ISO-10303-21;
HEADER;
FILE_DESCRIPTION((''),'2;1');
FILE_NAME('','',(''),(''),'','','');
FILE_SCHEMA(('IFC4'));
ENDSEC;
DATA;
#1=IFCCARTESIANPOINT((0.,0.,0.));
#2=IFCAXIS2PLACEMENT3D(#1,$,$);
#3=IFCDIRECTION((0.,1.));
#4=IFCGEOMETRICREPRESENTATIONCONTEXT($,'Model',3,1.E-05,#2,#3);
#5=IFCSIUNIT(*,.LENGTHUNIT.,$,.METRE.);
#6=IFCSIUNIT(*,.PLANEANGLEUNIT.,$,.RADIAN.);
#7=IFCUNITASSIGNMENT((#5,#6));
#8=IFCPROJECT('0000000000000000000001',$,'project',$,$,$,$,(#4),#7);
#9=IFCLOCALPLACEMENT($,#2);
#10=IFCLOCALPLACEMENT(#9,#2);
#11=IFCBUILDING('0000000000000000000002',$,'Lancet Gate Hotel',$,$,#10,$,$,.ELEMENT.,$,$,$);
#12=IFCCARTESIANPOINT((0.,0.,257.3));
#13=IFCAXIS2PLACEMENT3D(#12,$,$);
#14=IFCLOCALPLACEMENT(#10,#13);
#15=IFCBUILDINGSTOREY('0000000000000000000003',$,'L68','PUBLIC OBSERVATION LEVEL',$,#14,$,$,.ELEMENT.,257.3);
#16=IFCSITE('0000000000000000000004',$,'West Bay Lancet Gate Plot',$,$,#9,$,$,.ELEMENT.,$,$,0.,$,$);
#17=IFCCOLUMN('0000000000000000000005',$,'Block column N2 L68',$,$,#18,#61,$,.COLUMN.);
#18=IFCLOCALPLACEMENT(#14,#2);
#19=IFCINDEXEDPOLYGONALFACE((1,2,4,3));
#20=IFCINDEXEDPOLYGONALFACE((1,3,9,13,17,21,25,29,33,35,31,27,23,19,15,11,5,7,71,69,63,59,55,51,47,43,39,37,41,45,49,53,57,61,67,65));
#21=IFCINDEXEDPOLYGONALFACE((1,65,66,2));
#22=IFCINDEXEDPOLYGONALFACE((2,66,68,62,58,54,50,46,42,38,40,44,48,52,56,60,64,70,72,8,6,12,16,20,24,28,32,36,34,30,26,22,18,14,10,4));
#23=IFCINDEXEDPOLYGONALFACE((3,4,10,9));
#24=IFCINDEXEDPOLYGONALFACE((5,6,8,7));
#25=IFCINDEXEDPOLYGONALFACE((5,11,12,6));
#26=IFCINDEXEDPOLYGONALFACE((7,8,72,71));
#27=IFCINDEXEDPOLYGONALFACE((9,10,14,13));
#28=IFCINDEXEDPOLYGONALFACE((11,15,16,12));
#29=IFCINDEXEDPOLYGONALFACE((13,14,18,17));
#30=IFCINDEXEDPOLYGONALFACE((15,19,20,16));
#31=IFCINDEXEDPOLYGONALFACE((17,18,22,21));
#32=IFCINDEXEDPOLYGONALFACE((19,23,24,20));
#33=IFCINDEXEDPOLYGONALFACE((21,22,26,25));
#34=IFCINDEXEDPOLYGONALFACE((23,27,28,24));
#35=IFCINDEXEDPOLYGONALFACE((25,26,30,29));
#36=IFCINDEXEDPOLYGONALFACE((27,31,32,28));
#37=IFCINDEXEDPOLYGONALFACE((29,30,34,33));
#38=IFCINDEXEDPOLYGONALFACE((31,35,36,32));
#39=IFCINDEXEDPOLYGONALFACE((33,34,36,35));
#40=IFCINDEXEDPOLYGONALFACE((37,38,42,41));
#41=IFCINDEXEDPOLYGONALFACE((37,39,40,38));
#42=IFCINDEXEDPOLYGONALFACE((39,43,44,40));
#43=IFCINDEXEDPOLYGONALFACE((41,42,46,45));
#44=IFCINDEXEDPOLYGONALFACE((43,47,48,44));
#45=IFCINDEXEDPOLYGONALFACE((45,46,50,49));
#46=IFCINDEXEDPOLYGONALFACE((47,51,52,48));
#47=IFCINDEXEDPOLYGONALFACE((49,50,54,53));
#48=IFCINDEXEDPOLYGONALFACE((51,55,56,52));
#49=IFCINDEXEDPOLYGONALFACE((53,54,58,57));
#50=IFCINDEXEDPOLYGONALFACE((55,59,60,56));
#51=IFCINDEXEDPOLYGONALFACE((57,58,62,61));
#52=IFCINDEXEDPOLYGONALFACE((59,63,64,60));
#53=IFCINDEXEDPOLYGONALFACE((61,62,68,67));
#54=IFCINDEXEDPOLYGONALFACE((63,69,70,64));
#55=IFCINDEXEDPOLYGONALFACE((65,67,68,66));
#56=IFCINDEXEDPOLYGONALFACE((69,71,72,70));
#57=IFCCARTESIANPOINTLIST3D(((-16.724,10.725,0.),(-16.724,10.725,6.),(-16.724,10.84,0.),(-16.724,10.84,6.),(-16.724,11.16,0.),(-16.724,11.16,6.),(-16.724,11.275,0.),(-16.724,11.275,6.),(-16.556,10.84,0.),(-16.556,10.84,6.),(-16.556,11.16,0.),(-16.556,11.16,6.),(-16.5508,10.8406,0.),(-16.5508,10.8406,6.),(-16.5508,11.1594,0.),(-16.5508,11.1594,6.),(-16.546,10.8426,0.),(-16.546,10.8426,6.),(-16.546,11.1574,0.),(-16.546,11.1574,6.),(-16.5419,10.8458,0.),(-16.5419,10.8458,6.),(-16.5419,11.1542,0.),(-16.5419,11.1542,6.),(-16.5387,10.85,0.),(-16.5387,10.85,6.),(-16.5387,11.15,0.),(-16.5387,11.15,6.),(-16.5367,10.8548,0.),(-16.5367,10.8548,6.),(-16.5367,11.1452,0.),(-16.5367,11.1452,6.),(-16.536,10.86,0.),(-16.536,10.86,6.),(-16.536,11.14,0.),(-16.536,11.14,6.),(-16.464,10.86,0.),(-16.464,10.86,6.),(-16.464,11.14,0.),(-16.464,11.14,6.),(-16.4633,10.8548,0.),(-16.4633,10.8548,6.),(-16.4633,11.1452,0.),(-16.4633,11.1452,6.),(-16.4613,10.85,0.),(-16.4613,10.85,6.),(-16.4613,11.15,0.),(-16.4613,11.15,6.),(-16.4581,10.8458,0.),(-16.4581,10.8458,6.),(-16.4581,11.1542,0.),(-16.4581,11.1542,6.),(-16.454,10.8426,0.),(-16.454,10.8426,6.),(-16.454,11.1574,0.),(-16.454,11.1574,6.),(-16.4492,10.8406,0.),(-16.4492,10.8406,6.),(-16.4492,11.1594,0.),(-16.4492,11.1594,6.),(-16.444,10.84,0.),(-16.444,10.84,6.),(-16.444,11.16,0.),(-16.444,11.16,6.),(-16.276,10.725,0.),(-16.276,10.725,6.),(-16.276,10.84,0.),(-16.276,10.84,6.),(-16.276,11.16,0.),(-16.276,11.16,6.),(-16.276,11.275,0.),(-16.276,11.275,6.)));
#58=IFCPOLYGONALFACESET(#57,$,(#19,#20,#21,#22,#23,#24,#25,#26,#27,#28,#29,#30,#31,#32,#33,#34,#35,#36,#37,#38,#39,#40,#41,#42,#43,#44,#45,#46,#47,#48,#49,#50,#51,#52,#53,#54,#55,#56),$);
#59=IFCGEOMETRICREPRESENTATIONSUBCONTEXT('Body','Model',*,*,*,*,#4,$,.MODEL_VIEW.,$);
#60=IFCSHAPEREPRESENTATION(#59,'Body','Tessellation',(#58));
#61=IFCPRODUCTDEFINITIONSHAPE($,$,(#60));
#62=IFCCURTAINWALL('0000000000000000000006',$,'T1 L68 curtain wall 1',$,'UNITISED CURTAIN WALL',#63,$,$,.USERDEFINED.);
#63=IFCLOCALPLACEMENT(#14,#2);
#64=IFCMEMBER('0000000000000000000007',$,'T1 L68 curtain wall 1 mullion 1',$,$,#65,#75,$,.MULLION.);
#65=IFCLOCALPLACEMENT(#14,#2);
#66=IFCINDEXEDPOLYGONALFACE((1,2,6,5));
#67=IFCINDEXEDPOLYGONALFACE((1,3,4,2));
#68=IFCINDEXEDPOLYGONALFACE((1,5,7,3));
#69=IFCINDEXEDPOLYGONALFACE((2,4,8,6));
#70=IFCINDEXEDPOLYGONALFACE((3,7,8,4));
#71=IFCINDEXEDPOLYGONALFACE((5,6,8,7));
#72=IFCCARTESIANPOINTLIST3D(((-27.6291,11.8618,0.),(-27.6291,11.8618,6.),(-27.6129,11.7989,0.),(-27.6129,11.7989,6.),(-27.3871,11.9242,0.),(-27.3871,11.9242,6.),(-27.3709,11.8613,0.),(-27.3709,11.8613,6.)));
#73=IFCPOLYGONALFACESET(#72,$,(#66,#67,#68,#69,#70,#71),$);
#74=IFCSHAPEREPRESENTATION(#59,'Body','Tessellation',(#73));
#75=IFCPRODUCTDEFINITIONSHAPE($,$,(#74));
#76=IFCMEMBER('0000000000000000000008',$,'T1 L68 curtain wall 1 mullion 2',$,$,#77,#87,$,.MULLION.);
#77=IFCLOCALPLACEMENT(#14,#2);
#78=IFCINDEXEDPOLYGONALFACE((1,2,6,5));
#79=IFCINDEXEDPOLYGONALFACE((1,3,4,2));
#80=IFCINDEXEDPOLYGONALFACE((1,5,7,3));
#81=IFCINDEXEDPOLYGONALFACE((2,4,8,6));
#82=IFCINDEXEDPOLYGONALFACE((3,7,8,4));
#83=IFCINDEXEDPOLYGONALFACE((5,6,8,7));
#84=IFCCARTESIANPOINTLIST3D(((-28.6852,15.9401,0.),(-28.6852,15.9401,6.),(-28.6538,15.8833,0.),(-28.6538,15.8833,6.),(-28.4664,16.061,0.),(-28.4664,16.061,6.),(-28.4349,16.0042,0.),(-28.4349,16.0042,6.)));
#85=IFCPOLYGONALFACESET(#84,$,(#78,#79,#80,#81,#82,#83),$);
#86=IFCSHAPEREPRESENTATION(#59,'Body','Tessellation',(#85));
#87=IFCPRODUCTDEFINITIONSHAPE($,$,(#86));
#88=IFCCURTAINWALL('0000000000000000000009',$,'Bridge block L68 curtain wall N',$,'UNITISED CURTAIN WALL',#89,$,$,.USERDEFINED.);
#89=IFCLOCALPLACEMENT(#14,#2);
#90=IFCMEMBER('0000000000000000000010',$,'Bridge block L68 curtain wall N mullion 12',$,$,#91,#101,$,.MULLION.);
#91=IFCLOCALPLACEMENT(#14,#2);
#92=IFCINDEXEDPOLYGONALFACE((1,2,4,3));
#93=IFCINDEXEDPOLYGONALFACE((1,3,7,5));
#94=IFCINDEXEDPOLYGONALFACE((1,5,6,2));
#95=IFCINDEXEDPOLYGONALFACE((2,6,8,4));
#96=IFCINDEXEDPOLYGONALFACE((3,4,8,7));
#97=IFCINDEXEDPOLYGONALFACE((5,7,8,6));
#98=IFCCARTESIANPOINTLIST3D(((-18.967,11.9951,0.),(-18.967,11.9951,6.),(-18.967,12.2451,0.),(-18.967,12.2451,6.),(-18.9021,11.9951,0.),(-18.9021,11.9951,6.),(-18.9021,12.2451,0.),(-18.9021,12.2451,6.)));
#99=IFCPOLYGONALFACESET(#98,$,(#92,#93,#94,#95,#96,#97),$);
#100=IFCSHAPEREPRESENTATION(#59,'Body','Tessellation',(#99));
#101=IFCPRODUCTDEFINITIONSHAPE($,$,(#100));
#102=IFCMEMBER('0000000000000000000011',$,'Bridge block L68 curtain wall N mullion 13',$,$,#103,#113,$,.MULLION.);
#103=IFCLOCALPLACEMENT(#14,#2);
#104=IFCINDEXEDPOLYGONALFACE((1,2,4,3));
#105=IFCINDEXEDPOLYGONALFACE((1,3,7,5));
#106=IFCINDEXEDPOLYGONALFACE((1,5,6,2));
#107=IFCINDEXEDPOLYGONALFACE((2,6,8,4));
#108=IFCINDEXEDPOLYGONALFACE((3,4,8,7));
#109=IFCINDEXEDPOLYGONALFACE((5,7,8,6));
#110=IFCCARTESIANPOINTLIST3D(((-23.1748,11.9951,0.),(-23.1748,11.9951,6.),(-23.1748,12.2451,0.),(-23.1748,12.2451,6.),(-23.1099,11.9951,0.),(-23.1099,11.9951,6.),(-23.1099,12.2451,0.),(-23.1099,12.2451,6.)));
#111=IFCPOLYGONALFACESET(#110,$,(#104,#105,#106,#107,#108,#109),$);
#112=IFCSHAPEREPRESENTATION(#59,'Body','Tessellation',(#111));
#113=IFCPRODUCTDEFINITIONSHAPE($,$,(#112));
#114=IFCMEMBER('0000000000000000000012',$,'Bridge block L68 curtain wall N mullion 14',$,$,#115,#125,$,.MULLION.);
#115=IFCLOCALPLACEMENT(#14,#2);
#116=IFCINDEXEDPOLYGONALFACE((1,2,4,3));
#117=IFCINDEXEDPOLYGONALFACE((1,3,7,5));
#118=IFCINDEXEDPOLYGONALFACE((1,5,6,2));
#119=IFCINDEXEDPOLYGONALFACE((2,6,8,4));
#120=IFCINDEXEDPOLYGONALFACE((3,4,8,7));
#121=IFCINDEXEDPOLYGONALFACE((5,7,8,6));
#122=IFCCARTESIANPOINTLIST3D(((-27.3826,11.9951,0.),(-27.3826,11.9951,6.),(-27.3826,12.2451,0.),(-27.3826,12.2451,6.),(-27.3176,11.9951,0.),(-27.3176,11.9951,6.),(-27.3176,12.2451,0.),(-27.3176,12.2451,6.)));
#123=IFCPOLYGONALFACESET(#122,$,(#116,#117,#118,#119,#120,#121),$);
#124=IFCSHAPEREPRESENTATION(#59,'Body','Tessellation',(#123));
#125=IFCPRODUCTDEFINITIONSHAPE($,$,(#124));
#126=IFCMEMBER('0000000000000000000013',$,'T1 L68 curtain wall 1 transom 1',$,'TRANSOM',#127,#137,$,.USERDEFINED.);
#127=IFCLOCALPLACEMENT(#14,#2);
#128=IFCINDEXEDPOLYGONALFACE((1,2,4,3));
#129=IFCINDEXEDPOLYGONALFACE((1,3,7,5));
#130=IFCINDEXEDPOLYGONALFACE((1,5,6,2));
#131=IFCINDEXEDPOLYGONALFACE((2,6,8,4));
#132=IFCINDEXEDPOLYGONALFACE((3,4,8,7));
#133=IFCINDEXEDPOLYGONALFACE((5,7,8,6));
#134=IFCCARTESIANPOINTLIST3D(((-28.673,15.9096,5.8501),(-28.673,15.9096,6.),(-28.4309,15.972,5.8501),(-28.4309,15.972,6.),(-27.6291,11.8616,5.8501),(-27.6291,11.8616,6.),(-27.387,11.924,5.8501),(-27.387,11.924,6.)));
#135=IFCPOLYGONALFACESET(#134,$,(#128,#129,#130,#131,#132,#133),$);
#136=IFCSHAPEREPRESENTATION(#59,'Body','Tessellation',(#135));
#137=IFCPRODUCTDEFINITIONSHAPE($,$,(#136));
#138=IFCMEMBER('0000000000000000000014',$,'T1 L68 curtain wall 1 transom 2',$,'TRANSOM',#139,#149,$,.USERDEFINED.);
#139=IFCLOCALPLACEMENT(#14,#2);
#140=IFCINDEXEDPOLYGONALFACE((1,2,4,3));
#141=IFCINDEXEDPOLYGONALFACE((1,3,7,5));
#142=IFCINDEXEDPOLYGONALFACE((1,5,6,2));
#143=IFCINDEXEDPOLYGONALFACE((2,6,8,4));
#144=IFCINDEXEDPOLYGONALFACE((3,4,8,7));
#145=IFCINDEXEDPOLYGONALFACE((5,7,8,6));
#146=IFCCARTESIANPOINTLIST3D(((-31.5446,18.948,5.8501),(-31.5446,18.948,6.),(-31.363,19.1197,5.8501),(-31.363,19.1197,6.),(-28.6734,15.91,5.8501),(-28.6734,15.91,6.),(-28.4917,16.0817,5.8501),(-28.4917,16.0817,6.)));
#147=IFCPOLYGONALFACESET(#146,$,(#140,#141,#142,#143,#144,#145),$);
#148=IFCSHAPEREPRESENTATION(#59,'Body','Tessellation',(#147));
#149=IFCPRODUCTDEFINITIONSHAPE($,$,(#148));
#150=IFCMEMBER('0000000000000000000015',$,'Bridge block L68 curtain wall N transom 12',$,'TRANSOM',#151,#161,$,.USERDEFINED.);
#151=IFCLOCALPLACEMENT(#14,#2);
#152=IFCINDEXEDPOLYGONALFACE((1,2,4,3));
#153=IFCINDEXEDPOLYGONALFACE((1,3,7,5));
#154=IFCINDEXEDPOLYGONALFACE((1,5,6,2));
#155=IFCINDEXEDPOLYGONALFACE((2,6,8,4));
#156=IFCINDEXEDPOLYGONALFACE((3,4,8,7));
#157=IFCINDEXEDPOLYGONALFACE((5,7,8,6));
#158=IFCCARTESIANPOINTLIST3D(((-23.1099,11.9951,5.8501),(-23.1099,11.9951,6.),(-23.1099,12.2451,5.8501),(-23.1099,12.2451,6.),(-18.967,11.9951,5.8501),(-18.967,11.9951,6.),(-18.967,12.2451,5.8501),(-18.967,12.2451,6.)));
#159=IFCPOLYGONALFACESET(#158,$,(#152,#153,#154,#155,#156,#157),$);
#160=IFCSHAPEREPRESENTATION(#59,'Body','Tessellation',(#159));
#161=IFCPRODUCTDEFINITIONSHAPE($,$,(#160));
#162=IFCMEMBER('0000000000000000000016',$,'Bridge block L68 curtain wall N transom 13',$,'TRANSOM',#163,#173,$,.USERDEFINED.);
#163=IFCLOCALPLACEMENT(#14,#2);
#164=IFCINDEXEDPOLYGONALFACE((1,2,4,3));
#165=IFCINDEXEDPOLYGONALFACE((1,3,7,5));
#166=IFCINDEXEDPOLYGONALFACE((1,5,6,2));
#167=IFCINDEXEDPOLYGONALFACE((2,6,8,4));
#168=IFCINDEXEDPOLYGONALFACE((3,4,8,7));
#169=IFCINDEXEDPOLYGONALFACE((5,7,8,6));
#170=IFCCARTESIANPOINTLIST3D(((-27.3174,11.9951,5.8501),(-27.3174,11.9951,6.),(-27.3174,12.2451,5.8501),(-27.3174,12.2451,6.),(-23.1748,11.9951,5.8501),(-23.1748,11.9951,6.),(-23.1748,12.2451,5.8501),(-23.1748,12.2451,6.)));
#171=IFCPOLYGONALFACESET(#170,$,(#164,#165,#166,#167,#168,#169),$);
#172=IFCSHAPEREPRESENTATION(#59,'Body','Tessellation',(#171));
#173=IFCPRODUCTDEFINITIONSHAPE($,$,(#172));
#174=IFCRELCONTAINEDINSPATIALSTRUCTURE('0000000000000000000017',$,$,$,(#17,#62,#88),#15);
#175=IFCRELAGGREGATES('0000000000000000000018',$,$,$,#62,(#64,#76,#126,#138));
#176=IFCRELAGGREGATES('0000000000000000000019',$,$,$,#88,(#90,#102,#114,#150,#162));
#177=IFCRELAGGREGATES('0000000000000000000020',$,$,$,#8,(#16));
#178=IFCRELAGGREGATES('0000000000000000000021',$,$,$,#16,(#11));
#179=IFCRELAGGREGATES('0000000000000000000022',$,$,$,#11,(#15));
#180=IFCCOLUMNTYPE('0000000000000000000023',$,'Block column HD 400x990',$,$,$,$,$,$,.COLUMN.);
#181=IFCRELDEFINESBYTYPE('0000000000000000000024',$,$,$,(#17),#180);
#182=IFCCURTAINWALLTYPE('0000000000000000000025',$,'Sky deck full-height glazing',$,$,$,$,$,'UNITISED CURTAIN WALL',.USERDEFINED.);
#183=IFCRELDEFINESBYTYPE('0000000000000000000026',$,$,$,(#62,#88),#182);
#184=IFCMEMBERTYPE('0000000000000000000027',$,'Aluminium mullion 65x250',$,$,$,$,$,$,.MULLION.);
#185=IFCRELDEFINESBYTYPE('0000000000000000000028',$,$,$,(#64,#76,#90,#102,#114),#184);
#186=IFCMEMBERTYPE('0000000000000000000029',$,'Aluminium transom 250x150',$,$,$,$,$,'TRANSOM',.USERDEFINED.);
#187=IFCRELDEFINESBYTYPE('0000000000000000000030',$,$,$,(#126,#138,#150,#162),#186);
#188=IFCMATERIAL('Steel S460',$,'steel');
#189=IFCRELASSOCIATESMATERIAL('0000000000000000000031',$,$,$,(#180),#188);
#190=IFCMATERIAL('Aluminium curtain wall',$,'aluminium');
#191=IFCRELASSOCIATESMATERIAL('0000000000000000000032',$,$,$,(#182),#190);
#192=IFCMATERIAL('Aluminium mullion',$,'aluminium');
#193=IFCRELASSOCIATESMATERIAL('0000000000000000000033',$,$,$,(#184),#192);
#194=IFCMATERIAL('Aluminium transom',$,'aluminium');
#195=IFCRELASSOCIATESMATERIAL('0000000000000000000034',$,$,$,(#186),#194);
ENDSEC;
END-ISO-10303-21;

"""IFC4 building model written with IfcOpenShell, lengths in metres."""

from ifc_helpers import new_model, si_unit, direction, frame, origin, origin_2d, place, context, subcontext, project, spatial, rectangle, i_section, extrude, material, material_profile, profile_set, type_object, element, aggregate, save


model = new_model("IFC4")

# Units and contexts
model_context = context("Model", 3, precision=1e-05, world=origin(), true_north=direction((0.0, 1.0)))
body_context = subcontext(model_context, "Body", "Model", "MODEL_VIEW")
ifc_project = project(units=[si_unit("LENGTHUNIT", "METRE"), si_unit("PLANEANGLEUNIT", "RADIAN")], contexts=[model_context])

# Site, building, storey
site_placement = place(None, origin())
site = spatial("IfcSite", under=ifc_project, at=site_placement, Name="West Bay Lancet Gate Plot", CompositionType="ELEMENT", RefElevation=0.0)
building_placement = place(site_placement, origin())
building = spatial("IfcBuilding", under=site, at=building_placement, Name="Lancet Gate Hotel", CompositionType="ELEMENT")
storey_placement = place(building_placement, frame((0.0, 0.0, 257.3)))
storey = spatial("IfcBuildingStorey", under=building, at=storey_placement, Name="L68", Description="PUBLIC OBSERVATION LEVEL", CompositionType="ELEMENT", Elevation=257.3)

# Column
ifc_material_1 = material(Name="Steel S460", Category="steel")
ifc_material_profile_1 = material_profile(ifc_material_1, i_section(OverallWidth=0.448, OverallDepth=0.55, WebThickness=0.072, FlangeThickness=0.115, FilletRadius=0.02, at=origin_2d()), Name="HD 400x990")
ifc_profile_set_1 = profile_set([ifc_material_profile_1], Name="Steel S460")
column_type = type_object("IfcColumnType", Name="Block column HD 400x990", PredefinedType="COLUMN", material=ifc_profile_set_1)
column_placement = place(storey_placement, frame((-16.5, 11.0, 0.0), z_axis=(0.0, 0.0, 1.0), x_axis=(1.0, 0.0, 0.0)))
element("IfcColumn", 1, at=column_placement, inside=storey, type_object=column_type, Name="Block column N2 L68", PredefinedType="COLUMN", context=body_context, shape_type="SweptSolid", body=[
    extrude(i_section(OverallWidth=0.448, OverallDepth=0.55, WebThickness=0.072, FlangeThickness=0.115, FilletRadius=0.02, at=origin_2d()), origin(), (0.0, 0.0, 1.0), 6.0),
])

# Curtain walls, members
ifc_material_2 = material(Name="Aluminium curtain wall", Category="aluminium")
curtain_wall_type = type_object("IfcCurtainWallType", Name="Sky deck full-height glazing", ElementType="UNITISED CURTAIN WALL", PredefinedType="USERDEFINED", material=ifc_material_2)
curtain_wall_1_placement = place(storey_placement, origin())
curtain_wall_1 = element("IfcCurtainWall", 2, at=curtain_wall_1_placement, inside=storey, type_object=curtain_wall_type, Name="T1 L68 curtain wall 1", ObjectType="UNITISED CURTAIN WALL", PredefinedType="USERDEFINED")
ifc_material_3 = material(Name="Aluminium mullion", Category="aluminium")
ifc_material_profile_2 = material_profile(ifc_material_3, rectangle(XDim=0.0649, YDim=0.25, at=origin_2d()), Name="MULLION 65x250")
ifc_profile_set_2 = profile_set([ifc_material_profile_2], Name="Aluminium mullion")
member_type_1 = type_object("IfcMemberType", Name="Aluminium mullion 65x250", PredefinedType="MULLION", material=ifc_profile_set_2)
member_1_placement = place(storey_placement, frame((-27.5, 11.8616, 0.0), z_axis=(0.0, 0.0, 1.0), x_axis=(-0.249726, 0.968317, 0.0)))
member_1 = element("IfcMember", 3, at=member_1_placement, type_object=member_type_1, Name="T1 L68 curtain wall 1 mullion 1", PredefinedType="MULLION", context=body_context, shape_type="SweptSolid", body=[
    extrude(rectangle(XDim=0.0649, YDim=0.25, at=origin_2d()), origin(), (0.0, 0.0, 1.0), 6.0),
])
member_2_placement = place(storey_placement, frame((-28.5601, 15.9722, 0.0), z_axis=(0.0, 0.0, 1.0), x_axis=(-0.483627, 0.875274, 0.0)))
member_2 = element("IfcMember", 4, at=member_2_placement, type_object=member_type_1, Name="T1 L68 curtain wall 1 mullion 2", PredefinedType="MULLION", context=body_context, shape_type="SweptSolid", body=[
    extrude(rectangle(XDim=0.0649, YDim=0.25, at=origin_2d()), origin(), (0.0, 0.0, 1.0), 6.0),
])
curtain_wall_2_placement = place(storey_placement, origin())
curtain_wall_2 = element("IfcCurtainWall", 5, at=curtain_wall_2_placement, inside=storey, type_object=curtain_wall_type, Name="Bridge block L68 curtain wall N", ObjectType="UNITISED CURTAIN WALL", PredefinedType="USERDEFINED")
member_3_placement = place(storey_placement, frame((-18.9346, 12.1201, 0.0), z_axis=(0.0, 0.0, 1.0), x_axis=(-1.0, 0.0, 0.0)))
member_3 = element("IfcMember", 6, at=member_3_placement, type_object=member_type_1, Name="Bridge block L68 curtain wall N mullion 12", PredefinedType="MULLION", context=body_context, shape_type="SweptSolid", body=[
    extrude(rectangle(XDim=0.0649, YDim=0.25, at=origin_2d()), origin(), (0.0, 0.0, 1.0), 6.0),
])
member_4_placement = place(storey_placement, frame((-23.1423, 12.1201, 0.0), z_axis=(0.0, 0.0, 1.0), x_axis=(-1.0, 0.0, 0.0)))
member_4 = element("IfcMember", 7, at=member_4_placement, type_object=member_type_1, Name="Bridge block L68 curtain wall N mullion 13", PredefinedType="MULLION", context=body_context, shape_type="SweptSolid", body=[
    extrude(rectangle(XDim=0.0649, YDim=0.25, at=origin_2d()), origin(), (0.0, 0.0, 1.0), 6.0),
])
member_5_placement = place(storey_placement, frame((-27.3501, 12.1201, 0.0), z_axis=(0.0, 0.0, 1.0), x_axis=(-1.0, 0.0, 0.0)))
member_5 = element("IfcMember", 8, at=member_5_placement, type_object=member_type_1, Name="Bridge block L68 curtain wall N mullion 14", PredefinedType="MULLION", context=body_context, shape_type="SweptSolid", body=[
    extrude(rectangle(XDim=0.0649, YDim=0.25, at=origin_2d()), origin(), (0.0, 0.0, 1.0), 6.0),
])

# Members
ifc_material_4 = material(Name="Aluminium transom", Category="aluminium")
ifc_material_profile_3 = material_profile(ifc_material_4, rectangle(XDim=0.25, YDim=0.1499, at=origin_2d()), Name="TRANSOM 250x150")
ifc_profile_set_3 = profile_set([ifc_material_profile_3], Name="Aluminium transom")
member_type_2 = type_object("IfcMemberType", Name="Aluminium transom 250x150", ElementType="TRANSOM", PredefinedType="USERDEFINED", material=ifc_profile_set_3)
member_6_placement = place(storey_placement, frame((-27.5081, 11.8928, 5.925), z_axis=(-0.249716, 0.968319, 0.0), x_axis=(-0.968319, -0.249716, 0.0)))
member_6 = element("IfcMember", 9, at=member_6_placement, type_object=member_type_2, Name="T1 L68 curtain wall 1 transom 1", ObjectType="TRANSOM", PredefinedType="USERDEFINED", context=body_context, shape_type="SweptSolid", body=[
    extrude(rectangle(XDim=0.25, YDim=0.1499, at=origin_2d()), origin(), (0.0, 0.0, 1.0), 4.1804),
])
member_7_placement = place(storey_placement, frame((-28.5825, 15.9958, 5.925), z_axis=(-0.686881, 0.72677, 0.0), x_axis=(-0.72677, -0.686881, 0.0)))
member_7 = element("IfcMember", 10, at=member_7_placement, type_object=member_type_2, Name="T1 L68 curtain wall 1 transom 2", ObjectType="TRANSOM", PredefinedType="USERDEFINED", context=body_context, shape_type="SweptSolid", body=[
    extrude(rectangle(XDim=0.25, YDim=0.1499, at=origin_2d()), origin(), (0.0, 0.0, 1.0), 4.1802),
])
member_8_placement = place(storey_placement, frame((-18.967, 12.1201, 5.925), z_axis=(-1.0, 0.0, 0.0), x_axis=(0.0, -1.0, 0.0)))
member_8 = element("IfcMember", 11, at=member_8_placement, type_object=member_type_2, Name="Bridge block L68 curtain wall N transom 12", ObjectType="TRANSOM", PredefinedType="USERDEFINED", context=body_context, shape_type="SweptSolid", body=[
    extrude(rectangle(XDim=0.25, YDim=0.1499, at=origin_2d()), origin(), (0.0, 0.0, 1.0), 4.1428),
])
member_9_placement = place(storey_placement, frame((-23.1748, 12.1201, 5.925), z_axis=(-1.0, 0.0, 0.0), x_axis=(0.0, -1.0, 0.0)))
member_9 = element("IfcMember", 12, at=member_9_placement, type_object=member_type_2, Name="Bridge block L68 curtain wall N transom 13", ObjectType="TRANSOM", PredefinedType="USERDEFINED", context=body_context, shape_type="SweptSolid", body=[
    extrude(rectangle(XDim=0.25, YDim=0.1499, at=origin_2d()), origin(), (0.0, 0.0, 1.0), 4.1426),
])

aggregate(curtain_wall_1, [member_1, member_2, member_6, member_7])
aggregate(curtain_wall_2, [member_3, member_4, member_5, member_8, member_9])

save(model, "model.ifc")
